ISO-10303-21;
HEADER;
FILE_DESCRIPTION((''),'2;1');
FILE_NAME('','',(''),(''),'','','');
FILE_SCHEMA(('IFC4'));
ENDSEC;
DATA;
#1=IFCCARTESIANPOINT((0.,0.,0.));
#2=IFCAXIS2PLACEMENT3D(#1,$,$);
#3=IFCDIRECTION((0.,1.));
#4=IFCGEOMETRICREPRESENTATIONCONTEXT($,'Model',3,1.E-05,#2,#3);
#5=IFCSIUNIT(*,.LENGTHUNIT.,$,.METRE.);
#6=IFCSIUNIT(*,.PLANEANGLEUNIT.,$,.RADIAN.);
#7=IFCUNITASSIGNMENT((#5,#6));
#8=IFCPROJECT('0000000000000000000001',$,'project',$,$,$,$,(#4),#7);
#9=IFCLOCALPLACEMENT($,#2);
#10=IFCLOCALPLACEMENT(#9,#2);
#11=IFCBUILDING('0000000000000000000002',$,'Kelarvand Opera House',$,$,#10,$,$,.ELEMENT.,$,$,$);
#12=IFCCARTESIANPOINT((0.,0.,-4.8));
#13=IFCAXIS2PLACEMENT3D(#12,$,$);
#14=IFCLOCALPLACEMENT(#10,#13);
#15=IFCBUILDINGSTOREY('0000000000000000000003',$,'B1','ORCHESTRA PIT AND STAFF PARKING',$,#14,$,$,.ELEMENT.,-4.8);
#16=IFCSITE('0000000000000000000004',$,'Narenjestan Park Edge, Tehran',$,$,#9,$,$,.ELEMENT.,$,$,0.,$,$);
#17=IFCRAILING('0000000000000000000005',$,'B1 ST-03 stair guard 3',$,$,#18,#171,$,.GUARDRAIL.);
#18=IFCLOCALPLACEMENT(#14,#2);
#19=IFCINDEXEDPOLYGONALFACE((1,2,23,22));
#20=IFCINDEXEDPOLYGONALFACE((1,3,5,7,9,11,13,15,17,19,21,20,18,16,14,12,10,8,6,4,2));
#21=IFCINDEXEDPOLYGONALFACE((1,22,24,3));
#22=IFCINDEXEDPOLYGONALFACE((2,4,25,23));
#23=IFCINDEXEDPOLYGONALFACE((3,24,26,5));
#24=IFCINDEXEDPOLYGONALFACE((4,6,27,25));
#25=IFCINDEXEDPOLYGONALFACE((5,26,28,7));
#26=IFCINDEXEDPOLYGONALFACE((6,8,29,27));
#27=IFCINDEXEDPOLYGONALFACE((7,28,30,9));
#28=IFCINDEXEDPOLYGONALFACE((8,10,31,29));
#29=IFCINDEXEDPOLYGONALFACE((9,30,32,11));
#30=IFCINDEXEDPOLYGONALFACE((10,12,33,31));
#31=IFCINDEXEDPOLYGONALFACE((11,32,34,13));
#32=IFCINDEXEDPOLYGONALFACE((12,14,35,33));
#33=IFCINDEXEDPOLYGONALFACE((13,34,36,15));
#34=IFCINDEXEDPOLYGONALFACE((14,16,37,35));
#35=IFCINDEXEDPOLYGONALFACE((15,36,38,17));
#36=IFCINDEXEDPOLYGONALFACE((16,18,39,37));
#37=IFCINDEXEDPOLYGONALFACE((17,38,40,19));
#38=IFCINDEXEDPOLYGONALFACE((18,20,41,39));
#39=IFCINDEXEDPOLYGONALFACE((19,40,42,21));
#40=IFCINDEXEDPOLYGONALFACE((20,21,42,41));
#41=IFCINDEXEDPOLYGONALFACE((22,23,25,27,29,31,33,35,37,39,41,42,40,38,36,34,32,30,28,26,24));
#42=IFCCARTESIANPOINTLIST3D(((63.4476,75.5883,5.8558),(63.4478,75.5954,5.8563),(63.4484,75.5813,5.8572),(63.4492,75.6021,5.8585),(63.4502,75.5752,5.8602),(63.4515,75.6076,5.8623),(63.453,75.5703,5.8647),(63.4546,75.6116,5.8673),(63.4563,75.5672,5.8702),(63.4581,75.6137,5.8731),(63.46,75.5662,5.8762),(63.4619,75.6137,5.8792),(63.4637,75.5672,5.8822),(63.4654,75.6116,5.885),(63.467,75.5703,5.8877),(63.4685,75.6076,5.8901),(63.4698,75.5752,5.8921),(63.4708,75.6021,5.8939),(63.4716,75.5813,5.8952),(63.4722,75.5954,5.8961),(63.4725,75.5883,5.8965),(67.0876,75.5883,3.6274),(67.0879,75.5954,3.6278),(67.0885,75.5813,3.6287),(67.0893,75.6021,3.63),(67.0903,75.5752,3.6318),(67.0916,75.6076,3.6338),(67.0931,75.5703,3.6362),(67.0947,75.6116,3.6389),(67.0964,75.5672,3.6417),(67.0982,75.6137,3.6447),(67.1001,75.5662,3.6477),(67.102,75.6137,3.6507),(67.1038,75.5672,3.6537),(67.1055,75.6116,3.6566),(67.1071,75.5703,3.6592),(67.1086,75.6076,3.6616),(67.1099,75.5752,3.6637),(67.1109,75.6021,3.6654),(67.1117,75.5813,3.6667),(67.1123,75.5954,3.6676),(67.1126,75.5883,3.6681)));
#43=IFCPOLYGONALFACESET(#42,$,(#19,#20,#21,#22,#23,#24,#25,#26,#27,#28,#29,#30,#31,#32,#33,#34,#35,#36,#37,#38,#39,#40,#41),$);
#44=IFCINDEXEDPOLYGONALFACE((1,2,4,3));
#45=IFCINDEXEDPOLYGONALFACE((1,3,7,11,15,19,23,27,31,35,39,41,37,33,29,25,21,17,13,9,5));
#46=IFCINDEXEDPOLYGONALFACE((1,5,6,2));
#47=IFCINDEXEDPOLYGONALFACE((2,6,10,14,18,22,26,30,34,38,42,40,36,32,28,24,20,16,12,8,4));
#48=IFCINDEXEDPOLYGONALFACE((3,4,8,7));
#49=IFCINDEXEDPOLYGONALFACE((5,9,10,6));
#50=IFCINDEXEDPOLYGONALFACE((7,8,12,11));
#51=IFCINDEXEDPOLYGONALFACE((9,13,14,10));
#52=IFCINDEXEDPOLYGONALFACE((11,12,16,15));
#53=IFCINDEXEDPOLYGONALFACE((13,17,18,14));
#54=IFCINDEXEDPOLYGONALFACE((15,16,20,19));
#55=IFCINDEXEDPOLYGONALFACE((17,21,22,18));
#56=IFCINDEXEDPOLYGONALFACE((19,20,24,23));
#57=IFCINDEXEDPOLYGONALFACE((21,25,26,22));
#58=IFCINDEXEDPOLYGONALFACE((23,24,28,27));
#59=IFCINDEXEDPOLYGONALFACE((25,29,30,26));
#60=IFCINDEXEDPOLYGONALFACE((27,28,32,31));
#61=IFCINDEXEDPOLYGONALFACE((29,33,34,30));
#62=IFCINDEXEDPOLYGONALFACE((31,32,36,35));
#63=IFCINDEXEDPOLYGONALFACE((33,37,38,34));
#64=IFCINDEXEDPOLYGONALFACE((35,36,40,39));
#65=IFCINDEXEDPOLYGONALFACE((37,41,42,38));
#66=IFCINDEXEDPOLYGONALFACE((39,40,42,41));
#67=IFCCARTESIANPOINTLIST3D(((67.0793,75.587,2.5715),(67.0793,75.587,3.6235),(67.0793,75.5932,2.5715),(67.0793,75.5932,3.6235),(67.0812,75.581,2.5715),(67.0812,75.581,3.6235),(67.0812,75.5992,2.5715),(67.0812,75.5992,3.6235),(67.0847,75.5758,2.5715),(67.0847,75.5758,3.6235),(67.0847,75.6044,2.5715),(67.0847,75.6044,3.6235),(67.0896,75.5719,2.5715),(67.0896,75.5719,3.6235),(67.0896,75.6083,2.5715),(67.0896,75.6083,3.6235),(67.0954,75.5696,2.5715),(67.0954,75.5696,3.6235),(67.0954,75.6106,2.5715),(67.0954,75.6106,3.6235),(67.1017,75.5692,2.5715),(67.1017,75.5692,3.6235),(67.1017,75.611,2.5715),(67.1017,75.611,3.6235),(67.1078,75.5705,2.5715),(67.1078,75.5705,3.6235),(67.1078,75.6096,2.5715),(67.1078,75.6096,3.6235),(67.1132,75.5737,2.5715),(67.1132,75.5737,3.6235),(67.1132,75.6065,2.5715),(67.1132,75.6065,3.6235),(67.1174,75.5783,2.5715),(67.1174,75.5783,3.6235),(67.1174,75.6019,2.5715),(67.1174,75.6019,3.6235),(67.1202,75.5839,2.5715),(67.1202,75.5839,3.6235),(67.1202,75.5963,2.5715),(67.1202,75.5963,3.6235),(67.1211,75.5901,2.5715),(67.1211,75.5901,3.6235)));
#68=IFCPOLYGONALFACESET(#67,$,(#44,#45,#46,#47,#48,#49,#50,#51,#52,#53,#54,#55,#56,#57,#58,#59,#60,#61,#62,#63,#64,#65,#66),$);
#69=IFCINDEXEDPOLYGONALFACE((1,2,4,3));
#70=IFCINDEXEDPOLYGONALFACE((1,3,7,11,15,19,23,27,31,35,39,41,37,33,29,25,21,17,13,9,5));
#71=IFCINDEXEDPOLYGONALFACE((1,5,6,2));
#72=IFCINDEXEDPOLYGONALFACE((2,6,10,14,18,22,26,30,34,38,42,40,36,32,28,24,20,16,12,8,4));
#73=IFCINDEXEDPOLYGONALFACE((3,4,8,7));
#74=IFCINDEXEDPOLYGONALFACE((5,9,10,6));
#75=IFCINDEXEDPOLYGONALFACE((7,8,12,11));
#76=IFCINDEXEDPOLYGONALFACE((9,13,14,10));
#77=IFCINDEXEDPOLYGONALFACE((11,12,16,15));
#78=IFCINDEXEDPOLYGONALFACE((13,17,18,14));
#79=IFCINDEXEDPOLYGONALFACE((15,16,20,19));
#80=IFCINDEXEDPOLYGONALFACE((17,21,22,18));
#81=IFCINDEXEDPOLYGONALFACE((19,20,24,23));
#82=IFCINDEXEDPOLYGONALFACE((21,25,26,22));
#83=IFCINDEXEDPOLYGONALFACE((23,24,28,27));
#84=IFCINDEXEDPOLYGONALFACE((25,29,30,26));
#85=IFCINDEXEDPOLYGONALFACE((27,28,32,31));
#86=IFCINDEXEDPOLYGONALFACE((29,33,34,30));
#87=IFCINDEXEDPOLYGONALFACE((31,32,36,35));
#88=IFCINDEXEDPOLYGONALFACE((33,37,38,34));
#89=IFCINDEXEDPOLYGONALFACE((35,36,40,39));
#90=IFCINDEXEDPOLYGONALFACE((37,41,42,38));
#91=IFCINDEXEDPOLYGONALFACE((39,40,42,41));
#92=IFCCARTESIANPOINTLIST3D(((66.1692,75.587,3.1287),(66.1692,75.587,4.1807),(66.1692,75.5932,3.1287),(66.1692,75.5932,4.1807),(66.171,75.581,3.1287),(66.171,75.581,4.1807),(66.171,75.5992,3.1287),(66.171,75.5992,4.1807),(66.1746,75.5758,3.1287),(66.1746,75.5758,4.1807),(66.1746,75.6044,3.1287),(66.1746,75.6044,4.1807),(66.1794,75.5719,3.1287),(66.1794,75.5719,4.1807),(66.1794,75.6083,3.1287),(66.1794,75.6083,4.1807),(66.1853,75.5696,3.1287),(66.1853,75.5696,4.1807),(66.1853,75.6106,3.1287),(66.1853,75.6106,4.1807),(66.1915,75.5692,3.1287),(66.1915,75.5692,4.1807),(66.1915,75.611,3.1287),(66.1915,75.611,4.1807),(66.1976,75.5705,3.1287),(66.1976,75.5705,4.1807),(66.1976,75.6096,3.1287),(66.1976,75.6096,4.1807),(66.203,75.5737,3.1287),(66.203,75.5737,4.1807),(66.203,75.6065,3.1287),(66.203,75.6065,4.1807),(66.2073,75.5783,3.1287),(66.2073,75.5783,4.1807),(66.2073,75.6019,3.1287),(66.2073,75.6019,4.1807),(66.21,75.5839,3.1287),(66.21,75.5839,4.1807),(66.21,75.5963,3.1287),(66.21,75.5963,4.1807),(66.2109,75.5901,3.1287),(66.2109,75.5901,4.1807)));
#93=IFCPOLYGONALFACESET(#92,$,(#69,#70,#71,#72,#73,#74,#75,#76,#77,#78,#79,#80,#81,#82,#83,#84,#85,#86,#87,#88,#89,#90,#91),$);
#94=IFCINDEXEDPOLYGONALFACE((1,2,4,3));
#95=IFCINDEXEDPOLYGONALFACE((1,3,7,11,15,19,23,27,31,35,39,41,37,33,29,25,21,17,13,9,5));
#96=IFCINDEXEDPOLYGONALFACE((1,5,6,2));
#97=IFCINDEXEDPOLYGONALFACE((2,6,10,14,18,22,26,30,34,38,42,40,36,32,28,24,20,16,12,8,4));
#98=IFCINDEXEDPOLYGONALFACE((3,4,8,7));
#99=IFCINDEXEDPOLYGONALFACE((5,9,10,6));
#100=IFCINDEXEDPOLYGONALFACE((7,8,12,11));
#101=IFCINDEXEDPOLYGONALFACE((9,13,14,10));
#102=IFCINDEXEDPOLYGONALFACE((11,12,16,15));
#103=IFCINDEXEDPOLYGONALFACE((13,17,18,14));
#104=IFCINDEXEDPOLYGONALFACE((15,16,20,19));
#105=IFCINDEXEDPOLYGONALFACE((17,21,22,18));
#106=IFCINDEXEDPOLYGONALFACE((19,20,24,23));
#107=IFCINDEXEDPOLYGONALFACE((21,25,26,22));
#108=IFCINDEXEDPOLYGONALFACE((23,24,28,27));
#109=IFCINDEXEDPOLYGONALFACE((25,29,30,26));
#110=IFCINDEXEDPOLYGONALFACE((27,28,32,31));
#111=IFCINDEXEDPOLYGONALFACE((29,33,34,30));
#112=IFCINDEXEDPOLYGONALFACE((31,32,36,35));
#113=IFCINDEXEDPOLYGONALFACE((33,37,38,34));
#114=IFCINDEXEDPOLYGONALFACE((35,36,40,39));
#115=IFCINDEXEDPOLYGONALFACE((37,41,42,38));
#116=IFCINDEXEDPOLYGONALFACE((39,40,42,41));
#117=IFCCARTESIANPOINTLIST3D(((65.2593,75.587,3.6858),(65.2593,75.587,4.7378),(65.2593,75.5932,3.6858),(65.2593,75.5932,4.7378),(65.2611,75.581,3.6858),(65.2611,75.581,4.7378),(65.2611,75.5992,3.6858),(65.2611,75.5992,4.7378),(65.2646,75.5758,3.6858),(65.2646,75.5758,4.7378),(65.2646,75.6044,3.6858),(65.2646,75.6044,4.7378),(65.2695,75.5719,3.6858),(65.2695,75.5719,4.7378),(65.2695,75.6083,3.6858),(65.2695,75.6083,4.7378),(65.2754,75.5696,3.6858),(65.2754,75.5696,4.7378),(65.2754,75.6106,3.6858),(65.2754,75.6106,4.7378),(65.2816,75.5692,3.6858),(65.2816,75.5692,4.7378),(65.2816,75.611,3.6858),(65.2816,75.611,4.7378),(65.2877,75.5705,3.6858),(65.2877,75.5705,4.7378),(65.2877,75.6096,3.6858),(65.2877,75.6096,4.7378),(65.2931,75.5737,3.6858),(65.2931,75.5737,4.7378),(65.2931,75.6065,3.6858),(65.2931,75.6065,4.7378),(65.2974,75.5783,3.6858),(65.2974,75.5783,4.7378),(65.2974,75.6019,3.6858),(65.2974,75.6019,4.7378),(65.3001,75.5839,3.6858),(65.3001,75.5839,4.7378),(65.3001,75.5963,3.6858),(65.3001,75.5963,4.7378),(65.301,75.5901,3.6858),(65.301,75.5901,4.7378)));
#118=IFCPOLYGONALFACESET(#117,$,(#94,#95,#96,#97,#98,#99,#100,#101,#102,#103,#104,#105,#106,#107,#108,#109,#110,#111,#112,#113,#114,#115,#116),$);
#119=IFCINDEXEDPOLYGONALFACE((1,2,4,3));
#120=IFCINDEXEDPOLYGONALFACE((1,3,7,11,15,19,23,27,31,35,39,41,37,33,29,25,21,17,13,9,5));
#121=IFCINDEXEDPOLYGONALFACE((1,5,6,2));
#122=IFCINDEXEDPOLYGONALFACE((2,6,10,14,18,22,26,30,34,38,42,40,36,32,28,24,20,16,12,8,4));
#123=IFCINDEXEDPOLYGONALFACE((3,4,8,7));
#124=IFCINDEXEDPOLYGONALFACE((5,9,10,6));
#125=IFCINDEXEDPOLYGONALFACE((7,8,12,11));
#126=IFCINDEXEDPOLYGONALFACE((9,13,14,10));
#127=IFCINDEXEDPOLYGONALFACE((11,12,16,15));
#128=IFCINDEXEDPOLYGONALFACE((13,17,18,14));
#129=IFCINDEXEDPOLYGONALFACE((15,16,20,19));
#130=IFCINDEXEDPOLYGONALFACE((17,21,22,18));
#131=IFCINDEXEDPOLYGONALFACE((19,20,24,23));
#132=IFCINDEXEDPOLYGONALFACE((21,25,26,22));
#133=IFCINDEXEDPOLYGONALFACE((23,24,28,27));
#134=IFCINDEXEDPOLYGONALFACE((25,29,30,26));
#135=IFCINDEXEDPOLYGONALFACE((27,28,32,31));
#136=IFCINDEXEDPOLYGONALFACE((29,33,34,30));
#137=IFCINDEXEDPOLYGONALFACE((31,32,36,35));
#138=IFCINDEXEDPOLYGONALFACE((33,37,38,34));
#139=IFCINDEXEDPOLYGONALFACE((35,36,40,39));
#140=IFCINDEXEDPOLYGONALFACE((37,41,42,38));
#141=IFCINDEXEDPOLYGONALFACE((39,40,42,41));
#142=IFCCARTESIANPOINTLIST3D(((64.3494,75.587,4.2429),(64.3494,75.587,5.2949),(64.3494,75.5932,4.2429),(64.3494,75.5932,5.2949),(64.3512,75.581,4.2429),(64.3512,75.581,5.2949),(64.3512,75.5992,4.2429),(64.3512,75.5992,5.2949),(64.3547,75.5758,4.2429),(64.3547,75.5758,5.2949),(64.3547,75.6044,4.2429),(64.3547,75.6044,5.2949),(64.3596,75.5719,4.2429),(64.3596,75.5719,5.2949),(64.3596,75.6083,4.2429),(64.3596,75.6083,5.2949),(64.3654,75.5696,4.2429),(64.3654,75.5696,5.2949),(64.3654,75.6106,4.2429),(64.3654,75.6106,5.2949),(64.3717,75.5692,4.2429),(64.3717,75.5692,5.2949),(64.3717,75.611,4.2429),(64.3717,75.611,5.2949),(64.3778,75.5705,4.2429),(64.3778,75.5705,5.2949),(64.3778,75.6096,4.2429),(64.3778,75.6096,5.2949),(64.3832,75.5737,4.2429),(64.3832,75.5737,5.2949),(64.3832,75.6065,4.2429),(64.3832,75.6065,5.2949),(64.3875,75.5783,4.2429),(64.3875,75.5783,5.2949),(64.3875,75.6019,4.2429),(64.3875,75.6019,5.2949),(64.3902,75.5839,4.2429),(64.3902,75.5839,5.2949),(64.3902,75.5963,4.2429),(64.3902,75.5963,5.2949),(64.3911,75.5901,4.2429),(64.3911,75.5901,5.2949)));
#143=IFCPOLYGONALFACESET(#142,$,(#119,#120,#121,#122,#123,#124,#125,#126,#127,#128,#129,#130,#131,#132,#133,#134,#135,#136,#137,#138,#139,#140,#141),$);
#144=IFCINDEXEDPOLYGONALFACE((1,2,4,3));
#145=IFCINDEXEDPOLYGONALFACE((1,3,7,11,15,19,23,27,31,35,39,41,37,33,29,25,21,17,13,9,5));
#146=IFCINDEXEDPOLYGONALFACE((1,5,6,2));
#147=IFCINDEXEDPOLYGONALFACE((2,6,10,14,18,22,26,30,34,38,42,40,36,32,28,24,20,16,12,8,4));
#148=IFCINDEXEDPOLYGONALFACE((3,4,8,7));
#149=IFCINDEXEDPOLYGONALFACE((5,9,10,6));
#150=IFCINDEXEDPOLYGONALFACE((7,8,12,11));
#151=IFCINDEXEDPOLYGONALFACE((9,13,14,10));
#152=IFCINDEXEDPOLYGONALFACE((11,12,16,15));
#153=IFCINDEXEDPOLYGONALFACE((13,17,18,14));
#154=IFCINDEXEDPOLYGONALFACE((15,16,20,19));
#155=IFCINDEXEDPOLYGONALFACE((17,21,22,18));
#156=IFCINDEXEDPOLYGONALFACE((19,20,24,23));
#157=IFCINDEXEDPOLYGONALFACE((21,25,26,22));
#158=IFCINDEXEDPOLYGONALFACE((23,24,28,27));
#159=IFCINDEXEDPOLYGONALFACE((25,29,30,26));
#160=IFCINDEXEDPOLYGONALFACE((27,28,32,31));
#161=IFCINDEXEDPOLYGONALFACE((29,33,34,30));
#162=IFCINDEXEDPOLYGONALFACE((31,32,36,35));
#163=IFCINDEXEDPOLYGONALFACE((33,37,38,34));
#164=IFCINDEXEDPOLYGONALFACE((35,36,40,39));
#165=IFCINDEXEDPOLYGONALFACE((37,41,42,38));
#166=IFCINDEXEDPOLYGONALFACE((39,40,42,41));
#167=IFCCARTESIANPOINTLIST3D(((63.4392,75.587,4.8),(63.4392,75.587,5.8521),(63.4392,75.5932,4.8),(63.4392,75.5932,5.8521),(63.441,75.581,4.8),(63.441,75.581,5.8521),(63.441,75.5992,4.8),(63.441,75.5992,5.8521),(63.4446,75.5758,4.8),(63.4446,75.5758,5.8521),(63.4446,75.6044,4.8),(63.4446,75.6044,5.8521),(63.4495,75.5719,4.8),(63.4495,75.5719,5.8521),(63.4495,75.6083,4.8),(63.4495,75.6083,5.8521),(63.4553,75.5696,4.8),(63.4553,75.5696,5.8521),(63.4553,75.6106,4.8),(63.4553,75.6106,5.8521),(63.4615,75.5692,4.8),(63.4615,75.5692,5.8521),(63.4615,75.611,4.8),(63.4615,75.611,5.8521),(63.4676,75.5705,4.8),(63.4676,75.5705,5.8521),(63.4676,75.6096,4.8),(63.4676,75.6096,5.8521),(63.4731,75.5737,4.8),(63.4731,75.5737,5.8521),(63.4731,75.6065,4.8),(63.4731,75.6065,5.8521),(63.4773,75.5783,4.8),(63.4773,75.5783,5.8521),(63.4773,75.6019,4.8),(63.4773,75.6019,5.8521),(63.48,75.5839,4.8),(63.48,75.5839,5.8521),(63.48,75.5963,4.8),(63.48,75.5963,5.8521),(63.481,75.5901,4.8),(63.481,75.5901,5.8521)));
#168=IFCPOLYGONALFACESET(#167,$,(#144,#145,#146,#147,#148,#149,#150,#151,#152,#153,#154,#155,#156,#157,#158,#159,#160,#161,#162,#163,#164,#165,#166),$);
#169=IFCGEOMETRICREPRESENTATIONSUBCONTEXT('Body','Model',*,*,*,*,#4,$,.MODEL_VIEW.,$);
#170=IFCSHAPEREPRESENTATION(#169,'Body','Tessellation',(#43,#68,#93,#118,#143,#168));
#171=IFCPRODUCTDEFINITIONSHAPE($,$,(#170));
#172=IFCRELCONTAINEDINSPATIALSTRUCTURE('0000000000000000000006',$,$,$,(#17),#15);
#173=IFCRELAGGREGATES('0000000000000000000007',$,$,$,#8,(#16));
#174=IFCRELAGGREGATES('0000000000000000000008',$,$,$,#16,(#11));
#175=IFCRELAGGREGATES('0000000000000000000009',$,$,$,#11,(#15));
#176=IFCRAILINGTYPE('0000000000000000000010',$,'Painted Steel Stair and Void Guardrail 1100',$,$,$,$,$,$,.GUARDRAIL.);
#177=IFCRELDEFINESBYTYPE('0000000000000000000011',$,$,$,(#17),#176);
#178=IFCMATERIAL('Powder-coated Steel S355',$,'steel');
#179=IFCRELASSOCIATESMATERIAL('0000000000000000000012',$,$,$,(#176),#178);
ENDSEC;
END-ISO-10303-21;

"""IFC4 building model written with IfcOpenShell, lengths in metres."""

from ifc_helpers import new_model, si_unit, direction, frame, origin, origin_2d, place, context, subcontext, project, spatial, circle, extrude, material, type_object, element, save


model = new_model("IFC4")

# Units and contexts
model_context = context("Model", 3, precision=1e-05, world=origin(), true_north=direction((0.0, 1.0)))
body_context = subcontext(model_context, "Body", "Model", "MODEL_VIEW")
ifc_project = project(units=[si_unit("LENGTHUNIT", "METRE"), si_unit("PLANEANGLEUNIT", "RADIAN")], contexts=[model_context])

# Site, building, storey
site_placement = place(None, origin())
site = spatial("IfcSite", under=ifc_project, at=site_placement, Name="Narenjestan Park Edge, Tehran", CompositionType="ELEMENT", RefElevation=0.0)
building_placement = place(site_placement, origin())
building = spatial("IfcBuilding", under=site, at=building_placement, Name="Kelarvand Opera House", CompositionType="ELEMENT")
storey_placement = place(building_placement, frame((0.0, 0.0, -4.8)))
storey = spatial("IfcBuildingStorey", under=building, at=storey_placement, Name="B1", Description="ORCHESTRA PIT AND STAFF PARKING", CompositionType="ELEMENT", Elevation=-4.8)

# Railing
ifc_material_1 = material(Name="Powder-coated Steel S355", Category="steel")
railing_type_1 = type_object("IfcRailingType", Name="Painted Steel Stair and Void Guardrail 1100", PredefinedType="GUARDRAIL", material=ifc_material_1)
railing_1_placement = place(storey_placement, frame((67.1001, 75.5901, 2.5715)))
element("IfcRailing", 1, at=railing_1_placement, inside=storey, type_object=railing_type_1, Name="B1 ST-03 stair guard 3", PredefinedType="GUARDRAIL", context=body_context, shape_type="SweptSolid", body=[
    extrude(circle(Radius=0.0239, at=origin_2d()), frame((0.0, 0.0, 1.0762), z_axis=(-0.852866, 0.0, 0.52213), x_axis=(0.0, -1.0, 0.0)), (0.0, 0.0, 1.0), 4.2681),
    extrude(circle(Radius=0.021, at=origin_2d()), origin(), (0.0, 0.0, 1.0), 1.052),
    extrude(circle(Radius=0.021, at=origin_2d()), frame((-0.9102, 0.0, 0.5571)), (0.0, 0.0, 1.0), 1.052),
    extrude(circle(Radius=0.021, at=origin_2d()), frame((-1.8201, 0.0, 1.1143)), (0.0, 0.0, 1.0), 1.052),
    extrude(circle(Radius=0.021, at=origin_2d()), frame((-2.73, 0.0, 1.6714)), (0.0, 0.0, 1.0), 1.052),
    extrude(circle(Radius=0.021, at=origin_2d()), frame((-3.6401, 0.0, 2.2285)), (0.0, 0.0, 1.0), 1.052),
])

save(model, "model.ifc")
